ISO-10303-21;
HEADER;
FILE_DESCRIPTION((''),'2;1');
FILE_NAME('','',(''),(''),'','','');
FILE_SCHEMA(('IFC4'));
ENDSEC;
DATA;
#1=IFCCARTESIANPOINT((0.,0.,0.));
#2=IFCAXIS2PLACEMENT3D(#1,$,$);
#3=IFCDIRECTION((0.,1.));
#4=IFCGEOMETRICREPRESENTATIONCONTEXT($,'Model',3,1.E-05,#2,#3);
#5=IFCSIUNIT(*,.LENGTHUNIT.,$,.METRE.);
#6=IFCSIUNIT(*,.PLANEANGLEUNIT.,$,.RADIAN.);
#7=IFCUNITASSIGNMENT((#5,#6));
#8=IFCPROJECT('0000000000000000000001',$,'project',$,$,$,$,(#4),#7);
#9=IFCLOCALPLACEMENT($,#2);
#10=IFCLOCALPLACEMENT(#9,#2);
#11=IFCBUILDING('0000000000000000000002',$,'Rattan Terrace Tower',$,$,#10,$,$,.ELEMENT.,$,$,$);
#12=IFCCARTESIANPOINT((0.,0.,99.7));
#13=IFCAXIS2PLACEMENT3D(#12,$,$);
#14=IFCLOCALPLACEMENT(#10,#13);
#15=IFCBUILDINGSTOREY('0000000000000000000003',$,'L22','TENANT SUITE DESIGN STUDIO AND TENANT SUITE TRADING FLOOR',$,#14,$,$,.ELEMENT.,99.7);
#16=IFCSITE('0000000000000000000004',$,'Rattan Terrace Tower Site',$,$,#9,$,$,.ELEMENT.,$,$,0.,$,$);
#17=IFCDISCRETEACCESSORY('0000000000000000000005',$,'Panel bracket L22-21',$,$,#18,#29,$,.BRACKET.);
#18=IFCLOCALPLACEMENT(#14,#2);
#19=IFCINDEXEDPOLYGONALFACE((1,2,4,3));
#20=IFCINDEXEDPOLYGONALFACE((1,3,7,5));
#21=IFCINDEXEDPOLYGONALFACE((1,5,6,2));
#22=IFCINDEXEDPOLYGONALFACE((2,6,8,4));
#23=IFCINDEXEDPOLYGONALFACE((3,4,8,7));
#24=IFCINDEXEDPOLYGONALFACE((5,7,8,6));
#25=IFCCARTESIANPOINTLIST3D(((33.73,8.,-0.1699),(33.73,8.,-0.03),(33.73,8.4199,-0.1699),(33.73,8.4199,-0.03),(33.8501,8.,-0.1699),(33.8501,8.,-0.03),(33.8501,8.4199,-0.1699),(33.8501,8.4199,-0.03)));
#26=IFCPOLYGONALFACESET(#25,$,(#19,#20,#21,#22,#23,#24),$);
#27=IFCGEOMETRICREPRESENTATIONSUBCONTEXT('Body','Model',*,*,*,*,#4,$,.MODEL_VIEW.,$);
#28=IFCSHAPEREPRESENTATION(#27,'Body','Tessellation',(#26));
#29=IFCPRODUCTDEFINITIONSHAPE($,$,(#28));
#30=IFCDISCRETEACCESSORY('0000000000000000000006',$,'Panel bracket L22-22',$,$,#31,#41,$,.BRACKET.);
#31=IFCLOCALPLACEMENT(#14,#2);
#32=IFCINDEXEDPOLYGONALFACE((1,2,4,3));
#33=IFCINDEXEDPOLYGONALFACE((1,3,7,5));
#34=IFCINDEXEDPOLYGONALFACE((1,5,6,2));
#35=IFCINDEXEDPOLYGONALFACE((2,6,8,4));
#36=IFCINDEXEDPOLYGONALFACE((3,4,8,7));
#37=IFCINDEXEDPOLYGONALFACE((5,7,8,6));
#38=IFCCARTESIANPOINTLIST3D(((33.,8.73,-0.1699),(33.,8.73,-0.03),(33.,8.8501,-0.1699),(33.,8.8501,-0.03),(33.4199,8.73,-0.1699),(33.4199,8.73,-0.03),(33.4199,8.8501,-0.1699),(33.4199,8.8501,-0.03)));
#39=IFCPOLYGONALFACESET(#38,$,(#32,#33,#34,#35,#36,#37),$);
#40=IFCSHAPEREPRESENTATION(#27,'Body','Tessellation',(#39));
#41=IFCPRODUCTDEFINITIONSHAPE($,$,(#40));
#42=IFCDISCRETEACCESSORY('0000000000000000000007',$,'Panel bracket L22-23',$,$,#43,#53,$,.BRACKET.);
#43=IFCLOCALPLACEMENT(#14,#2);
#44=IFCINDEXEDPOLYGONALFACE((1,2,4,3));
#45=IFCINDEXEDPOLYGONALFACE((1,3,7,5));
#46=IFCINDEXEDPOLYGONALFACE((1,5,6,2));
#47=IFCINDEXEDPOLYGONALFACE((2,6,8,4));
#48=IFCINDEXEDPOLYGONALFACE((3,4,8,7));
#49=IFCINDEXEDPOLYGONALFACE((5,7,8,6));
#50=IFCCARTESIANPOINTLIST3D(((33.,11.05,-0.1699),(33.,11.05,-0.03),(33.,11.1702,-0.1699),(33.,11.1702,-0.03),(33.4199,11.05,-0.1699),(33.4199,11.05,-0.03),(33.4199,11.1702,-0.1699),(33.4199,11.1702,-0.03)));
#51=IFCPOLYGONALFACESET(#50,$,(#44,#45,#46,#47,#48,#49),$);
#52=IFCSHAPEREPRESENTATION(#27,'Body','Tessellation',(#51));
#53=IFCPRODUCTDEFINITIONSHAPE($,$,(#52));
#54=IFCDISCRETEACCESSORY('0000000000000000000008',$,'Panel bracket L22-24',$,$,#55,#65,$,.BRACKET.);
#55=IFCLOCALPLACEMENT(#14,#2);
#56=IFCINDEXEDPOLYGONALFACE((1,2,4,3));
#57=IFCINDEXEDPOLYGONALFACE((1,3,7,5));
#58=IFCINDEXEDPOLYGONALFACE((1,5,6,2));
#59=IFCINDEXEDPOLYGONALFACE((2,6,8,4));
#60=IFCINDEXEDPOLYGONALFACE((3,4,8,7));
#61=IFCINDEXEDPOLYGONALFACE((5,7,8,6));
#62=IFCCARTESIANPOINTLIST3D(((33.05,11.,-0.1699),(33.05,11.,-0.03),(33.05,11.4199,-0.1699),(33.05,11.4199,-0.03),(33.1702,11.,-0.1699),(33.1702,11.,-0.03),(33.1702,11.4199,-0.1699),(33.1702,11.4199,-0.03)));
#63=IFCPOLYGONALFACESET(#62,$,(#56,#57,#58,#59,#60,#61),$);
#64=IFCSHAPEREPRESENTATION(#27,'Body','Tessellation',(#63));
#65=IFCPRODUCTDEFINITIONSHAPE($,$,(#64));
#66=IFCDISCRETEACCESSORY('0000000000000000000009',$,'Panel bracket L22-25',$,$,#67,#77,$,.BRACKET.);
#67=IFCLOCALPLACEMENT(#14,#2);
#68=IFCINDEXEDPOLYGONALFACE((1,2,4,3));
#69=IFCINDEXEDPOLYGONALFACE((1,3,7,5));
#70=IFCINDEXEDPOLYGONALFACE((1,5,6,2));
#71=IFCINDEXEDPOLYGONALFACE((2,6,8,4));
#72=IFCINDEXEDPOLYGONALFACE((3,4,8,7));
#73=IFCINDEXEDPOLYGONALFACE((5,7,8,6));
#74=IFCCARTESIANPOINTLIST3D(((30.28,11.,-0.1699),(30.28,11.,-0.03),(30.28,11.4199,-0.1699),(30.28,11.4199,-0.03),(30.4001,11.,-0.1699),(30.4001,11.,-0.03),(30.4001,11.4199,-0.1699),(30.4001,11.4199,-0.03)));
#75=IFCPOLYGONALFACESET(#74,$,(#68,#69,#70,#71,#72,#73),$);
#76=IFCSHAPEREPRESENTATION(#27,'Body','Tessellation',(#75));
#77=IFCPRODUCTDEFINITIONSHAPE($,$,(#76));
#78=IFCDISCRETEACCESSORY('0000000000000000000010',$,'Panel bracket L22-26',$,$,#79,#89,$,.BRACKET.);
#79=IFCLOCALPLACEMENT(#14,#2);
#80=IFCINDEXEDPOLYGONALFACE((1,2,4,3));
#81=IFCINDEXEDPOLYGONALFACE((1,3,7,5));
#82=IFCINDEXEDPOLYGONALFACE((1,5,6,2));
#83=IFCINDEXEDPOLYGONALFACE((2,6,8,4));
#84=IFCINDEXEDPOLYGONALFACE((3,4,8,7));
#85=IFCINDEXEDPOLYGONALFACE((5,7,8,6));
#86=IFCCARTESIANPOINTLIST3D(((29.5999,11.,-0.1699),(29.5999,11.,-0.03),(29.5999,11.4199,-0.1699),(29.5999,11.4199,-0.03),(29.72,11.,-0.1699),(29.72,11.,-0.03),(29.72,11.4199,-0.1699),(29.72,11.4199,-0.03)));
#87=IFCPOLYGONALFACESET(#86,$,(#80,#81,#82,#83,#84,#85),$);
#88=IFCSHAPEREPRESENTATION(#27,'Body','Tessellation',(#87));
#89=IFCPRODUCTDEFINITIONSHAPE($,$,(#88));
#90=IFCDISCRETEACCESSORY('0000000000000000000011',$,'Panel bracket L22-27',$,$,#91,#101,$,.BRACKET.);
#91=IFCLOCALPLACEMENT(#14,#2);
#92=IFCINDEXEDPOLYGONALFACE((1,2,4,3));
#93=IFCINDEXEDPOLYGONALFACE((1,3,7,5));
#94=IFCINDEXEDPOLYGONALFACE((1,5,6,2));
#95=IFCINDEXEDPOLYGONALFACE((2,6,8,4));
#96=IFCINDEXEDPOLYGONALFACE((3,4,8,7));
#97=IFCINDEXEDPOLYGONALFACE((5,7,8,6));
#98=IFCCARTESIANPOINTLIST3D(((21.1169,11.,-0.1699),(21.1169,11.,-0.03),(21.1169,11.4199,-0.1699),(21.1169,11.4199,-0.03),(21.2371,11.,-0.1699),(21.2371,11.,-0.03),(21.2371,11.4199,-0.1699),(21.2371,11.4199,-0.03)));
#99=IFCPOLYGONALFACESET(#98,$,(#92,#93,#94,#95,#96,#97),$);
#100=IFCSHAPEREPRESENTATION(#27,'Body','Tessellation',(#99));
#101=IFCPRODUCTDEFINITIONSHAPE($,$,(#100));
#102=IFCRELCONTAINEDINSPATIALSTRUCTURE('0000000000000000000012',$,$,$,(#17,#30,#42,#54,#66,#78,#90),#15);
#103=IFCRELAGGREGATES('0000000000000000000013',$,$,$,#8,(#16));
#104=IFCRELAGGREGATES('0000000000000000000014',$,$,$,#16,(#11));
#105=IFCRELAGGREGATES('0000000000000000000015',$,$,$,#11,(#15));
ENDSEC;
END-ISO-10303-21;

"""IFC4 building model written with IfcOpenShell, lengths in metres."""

from ifc_helpers import new_model, si_unit, direction, frame, origin, origin_2d, place, context, subcontext, project, spatial, rectangle, extrude, element, save


model = new_model("IFC4")

# Units and contexts
model_context = context("Model", 3, precision=1e-05, world=origin(), true_north=direction((0.0, 1.0)))
body_context = subcontext(model_context, "Body", "Model", "MODEL_VIEW")
ifc_project = project(units=[si_unit("LENGTHUNIT", "METRE"), si_unit("PLANEANGLEUNIT", "RADIAN")], contexts=[model_context])

# Site, building, storey
site_placement = place(None, origin())
site = spatial("IfcSite", under=ifc_project, at=site_placement, Name="Rattan Terrace Tower Site", CompositionType="ELEMENT", RefElevation=0.0)
building_placement = place(site_placement, origin())
building = spatial("IfcBuilding", under=site, at=building_placement, Name="Rattan Terrace Tower", CompositionType="ELEMENT")
storey_placement = place(building_placement, frame((0.0, 0.0, 99.7)))
storey = spatial("IfcBuildingStorey", under=building, at=storey_placement, Name="L22", Description="TENANT SUITE DESIGN STUDIO AND TENANT SUITE TRADING FLOOR", CompositionType="ELEMENT", Elevation=99.7)

# Discrete accessories
for number, where, z_axis, x_axis, name in (
    (1, (33.79, 8.21, -0.1699), (0.0, 0.0, 1.0), (-1.0, 0.0, 0.0), "Panel bracket L22-21"),
    (2, (33.21, 8.79, -0.1699), (0.0, 0.0, 1.0), (0.0, 1.0, 0.0), "Panel bracket L22-22"),
    (3, (33.21, 11.1101, -0.1699), (0.0, 0.0, 1.0), (0.0, 1.0, 0.0), "Panel bracket L22-23"),
    (4, (33.1101, 11.21, -0.1699), (0.0, 0.0, 1.0), (-1.0, 0.0, 0.0), "Panel bracket L22-24"),
    (5, (30.3401, 11.21, -0.1699), (0.0, 0.0, 1.0), (-1.0, 0.0, 0.0), "Panel bracket L22-25"),
    (6, (29.6599, 11.21, -0.1699), (0.0, 0.0, 1.0), (-1.0, 0.0, 0.0), "Panel bracket L22-26"),
    (7, (21.177, 11.21, -0.1699), (0.0, 0.0, 1.0), (-1.0, 0.0, 0.0), "Panel bracket L22-27"),
):
    element("IfcDiscreteAccessory", number, at=place(storey_placement, frame(where, z_axis=z_axis, x_axis=x_axis)), inside=storey, Name=name, PredefinedType="BRACKET", context=body_context, shape_type="SweptSolid", body=[
        extrude(rectangle(XDim=0.1201, YDim=0.4199, at=origin_2d()), origin(), (0.0, 0.0, 1.0), 0.1399),
    ])

save(model, "model.ifc")
